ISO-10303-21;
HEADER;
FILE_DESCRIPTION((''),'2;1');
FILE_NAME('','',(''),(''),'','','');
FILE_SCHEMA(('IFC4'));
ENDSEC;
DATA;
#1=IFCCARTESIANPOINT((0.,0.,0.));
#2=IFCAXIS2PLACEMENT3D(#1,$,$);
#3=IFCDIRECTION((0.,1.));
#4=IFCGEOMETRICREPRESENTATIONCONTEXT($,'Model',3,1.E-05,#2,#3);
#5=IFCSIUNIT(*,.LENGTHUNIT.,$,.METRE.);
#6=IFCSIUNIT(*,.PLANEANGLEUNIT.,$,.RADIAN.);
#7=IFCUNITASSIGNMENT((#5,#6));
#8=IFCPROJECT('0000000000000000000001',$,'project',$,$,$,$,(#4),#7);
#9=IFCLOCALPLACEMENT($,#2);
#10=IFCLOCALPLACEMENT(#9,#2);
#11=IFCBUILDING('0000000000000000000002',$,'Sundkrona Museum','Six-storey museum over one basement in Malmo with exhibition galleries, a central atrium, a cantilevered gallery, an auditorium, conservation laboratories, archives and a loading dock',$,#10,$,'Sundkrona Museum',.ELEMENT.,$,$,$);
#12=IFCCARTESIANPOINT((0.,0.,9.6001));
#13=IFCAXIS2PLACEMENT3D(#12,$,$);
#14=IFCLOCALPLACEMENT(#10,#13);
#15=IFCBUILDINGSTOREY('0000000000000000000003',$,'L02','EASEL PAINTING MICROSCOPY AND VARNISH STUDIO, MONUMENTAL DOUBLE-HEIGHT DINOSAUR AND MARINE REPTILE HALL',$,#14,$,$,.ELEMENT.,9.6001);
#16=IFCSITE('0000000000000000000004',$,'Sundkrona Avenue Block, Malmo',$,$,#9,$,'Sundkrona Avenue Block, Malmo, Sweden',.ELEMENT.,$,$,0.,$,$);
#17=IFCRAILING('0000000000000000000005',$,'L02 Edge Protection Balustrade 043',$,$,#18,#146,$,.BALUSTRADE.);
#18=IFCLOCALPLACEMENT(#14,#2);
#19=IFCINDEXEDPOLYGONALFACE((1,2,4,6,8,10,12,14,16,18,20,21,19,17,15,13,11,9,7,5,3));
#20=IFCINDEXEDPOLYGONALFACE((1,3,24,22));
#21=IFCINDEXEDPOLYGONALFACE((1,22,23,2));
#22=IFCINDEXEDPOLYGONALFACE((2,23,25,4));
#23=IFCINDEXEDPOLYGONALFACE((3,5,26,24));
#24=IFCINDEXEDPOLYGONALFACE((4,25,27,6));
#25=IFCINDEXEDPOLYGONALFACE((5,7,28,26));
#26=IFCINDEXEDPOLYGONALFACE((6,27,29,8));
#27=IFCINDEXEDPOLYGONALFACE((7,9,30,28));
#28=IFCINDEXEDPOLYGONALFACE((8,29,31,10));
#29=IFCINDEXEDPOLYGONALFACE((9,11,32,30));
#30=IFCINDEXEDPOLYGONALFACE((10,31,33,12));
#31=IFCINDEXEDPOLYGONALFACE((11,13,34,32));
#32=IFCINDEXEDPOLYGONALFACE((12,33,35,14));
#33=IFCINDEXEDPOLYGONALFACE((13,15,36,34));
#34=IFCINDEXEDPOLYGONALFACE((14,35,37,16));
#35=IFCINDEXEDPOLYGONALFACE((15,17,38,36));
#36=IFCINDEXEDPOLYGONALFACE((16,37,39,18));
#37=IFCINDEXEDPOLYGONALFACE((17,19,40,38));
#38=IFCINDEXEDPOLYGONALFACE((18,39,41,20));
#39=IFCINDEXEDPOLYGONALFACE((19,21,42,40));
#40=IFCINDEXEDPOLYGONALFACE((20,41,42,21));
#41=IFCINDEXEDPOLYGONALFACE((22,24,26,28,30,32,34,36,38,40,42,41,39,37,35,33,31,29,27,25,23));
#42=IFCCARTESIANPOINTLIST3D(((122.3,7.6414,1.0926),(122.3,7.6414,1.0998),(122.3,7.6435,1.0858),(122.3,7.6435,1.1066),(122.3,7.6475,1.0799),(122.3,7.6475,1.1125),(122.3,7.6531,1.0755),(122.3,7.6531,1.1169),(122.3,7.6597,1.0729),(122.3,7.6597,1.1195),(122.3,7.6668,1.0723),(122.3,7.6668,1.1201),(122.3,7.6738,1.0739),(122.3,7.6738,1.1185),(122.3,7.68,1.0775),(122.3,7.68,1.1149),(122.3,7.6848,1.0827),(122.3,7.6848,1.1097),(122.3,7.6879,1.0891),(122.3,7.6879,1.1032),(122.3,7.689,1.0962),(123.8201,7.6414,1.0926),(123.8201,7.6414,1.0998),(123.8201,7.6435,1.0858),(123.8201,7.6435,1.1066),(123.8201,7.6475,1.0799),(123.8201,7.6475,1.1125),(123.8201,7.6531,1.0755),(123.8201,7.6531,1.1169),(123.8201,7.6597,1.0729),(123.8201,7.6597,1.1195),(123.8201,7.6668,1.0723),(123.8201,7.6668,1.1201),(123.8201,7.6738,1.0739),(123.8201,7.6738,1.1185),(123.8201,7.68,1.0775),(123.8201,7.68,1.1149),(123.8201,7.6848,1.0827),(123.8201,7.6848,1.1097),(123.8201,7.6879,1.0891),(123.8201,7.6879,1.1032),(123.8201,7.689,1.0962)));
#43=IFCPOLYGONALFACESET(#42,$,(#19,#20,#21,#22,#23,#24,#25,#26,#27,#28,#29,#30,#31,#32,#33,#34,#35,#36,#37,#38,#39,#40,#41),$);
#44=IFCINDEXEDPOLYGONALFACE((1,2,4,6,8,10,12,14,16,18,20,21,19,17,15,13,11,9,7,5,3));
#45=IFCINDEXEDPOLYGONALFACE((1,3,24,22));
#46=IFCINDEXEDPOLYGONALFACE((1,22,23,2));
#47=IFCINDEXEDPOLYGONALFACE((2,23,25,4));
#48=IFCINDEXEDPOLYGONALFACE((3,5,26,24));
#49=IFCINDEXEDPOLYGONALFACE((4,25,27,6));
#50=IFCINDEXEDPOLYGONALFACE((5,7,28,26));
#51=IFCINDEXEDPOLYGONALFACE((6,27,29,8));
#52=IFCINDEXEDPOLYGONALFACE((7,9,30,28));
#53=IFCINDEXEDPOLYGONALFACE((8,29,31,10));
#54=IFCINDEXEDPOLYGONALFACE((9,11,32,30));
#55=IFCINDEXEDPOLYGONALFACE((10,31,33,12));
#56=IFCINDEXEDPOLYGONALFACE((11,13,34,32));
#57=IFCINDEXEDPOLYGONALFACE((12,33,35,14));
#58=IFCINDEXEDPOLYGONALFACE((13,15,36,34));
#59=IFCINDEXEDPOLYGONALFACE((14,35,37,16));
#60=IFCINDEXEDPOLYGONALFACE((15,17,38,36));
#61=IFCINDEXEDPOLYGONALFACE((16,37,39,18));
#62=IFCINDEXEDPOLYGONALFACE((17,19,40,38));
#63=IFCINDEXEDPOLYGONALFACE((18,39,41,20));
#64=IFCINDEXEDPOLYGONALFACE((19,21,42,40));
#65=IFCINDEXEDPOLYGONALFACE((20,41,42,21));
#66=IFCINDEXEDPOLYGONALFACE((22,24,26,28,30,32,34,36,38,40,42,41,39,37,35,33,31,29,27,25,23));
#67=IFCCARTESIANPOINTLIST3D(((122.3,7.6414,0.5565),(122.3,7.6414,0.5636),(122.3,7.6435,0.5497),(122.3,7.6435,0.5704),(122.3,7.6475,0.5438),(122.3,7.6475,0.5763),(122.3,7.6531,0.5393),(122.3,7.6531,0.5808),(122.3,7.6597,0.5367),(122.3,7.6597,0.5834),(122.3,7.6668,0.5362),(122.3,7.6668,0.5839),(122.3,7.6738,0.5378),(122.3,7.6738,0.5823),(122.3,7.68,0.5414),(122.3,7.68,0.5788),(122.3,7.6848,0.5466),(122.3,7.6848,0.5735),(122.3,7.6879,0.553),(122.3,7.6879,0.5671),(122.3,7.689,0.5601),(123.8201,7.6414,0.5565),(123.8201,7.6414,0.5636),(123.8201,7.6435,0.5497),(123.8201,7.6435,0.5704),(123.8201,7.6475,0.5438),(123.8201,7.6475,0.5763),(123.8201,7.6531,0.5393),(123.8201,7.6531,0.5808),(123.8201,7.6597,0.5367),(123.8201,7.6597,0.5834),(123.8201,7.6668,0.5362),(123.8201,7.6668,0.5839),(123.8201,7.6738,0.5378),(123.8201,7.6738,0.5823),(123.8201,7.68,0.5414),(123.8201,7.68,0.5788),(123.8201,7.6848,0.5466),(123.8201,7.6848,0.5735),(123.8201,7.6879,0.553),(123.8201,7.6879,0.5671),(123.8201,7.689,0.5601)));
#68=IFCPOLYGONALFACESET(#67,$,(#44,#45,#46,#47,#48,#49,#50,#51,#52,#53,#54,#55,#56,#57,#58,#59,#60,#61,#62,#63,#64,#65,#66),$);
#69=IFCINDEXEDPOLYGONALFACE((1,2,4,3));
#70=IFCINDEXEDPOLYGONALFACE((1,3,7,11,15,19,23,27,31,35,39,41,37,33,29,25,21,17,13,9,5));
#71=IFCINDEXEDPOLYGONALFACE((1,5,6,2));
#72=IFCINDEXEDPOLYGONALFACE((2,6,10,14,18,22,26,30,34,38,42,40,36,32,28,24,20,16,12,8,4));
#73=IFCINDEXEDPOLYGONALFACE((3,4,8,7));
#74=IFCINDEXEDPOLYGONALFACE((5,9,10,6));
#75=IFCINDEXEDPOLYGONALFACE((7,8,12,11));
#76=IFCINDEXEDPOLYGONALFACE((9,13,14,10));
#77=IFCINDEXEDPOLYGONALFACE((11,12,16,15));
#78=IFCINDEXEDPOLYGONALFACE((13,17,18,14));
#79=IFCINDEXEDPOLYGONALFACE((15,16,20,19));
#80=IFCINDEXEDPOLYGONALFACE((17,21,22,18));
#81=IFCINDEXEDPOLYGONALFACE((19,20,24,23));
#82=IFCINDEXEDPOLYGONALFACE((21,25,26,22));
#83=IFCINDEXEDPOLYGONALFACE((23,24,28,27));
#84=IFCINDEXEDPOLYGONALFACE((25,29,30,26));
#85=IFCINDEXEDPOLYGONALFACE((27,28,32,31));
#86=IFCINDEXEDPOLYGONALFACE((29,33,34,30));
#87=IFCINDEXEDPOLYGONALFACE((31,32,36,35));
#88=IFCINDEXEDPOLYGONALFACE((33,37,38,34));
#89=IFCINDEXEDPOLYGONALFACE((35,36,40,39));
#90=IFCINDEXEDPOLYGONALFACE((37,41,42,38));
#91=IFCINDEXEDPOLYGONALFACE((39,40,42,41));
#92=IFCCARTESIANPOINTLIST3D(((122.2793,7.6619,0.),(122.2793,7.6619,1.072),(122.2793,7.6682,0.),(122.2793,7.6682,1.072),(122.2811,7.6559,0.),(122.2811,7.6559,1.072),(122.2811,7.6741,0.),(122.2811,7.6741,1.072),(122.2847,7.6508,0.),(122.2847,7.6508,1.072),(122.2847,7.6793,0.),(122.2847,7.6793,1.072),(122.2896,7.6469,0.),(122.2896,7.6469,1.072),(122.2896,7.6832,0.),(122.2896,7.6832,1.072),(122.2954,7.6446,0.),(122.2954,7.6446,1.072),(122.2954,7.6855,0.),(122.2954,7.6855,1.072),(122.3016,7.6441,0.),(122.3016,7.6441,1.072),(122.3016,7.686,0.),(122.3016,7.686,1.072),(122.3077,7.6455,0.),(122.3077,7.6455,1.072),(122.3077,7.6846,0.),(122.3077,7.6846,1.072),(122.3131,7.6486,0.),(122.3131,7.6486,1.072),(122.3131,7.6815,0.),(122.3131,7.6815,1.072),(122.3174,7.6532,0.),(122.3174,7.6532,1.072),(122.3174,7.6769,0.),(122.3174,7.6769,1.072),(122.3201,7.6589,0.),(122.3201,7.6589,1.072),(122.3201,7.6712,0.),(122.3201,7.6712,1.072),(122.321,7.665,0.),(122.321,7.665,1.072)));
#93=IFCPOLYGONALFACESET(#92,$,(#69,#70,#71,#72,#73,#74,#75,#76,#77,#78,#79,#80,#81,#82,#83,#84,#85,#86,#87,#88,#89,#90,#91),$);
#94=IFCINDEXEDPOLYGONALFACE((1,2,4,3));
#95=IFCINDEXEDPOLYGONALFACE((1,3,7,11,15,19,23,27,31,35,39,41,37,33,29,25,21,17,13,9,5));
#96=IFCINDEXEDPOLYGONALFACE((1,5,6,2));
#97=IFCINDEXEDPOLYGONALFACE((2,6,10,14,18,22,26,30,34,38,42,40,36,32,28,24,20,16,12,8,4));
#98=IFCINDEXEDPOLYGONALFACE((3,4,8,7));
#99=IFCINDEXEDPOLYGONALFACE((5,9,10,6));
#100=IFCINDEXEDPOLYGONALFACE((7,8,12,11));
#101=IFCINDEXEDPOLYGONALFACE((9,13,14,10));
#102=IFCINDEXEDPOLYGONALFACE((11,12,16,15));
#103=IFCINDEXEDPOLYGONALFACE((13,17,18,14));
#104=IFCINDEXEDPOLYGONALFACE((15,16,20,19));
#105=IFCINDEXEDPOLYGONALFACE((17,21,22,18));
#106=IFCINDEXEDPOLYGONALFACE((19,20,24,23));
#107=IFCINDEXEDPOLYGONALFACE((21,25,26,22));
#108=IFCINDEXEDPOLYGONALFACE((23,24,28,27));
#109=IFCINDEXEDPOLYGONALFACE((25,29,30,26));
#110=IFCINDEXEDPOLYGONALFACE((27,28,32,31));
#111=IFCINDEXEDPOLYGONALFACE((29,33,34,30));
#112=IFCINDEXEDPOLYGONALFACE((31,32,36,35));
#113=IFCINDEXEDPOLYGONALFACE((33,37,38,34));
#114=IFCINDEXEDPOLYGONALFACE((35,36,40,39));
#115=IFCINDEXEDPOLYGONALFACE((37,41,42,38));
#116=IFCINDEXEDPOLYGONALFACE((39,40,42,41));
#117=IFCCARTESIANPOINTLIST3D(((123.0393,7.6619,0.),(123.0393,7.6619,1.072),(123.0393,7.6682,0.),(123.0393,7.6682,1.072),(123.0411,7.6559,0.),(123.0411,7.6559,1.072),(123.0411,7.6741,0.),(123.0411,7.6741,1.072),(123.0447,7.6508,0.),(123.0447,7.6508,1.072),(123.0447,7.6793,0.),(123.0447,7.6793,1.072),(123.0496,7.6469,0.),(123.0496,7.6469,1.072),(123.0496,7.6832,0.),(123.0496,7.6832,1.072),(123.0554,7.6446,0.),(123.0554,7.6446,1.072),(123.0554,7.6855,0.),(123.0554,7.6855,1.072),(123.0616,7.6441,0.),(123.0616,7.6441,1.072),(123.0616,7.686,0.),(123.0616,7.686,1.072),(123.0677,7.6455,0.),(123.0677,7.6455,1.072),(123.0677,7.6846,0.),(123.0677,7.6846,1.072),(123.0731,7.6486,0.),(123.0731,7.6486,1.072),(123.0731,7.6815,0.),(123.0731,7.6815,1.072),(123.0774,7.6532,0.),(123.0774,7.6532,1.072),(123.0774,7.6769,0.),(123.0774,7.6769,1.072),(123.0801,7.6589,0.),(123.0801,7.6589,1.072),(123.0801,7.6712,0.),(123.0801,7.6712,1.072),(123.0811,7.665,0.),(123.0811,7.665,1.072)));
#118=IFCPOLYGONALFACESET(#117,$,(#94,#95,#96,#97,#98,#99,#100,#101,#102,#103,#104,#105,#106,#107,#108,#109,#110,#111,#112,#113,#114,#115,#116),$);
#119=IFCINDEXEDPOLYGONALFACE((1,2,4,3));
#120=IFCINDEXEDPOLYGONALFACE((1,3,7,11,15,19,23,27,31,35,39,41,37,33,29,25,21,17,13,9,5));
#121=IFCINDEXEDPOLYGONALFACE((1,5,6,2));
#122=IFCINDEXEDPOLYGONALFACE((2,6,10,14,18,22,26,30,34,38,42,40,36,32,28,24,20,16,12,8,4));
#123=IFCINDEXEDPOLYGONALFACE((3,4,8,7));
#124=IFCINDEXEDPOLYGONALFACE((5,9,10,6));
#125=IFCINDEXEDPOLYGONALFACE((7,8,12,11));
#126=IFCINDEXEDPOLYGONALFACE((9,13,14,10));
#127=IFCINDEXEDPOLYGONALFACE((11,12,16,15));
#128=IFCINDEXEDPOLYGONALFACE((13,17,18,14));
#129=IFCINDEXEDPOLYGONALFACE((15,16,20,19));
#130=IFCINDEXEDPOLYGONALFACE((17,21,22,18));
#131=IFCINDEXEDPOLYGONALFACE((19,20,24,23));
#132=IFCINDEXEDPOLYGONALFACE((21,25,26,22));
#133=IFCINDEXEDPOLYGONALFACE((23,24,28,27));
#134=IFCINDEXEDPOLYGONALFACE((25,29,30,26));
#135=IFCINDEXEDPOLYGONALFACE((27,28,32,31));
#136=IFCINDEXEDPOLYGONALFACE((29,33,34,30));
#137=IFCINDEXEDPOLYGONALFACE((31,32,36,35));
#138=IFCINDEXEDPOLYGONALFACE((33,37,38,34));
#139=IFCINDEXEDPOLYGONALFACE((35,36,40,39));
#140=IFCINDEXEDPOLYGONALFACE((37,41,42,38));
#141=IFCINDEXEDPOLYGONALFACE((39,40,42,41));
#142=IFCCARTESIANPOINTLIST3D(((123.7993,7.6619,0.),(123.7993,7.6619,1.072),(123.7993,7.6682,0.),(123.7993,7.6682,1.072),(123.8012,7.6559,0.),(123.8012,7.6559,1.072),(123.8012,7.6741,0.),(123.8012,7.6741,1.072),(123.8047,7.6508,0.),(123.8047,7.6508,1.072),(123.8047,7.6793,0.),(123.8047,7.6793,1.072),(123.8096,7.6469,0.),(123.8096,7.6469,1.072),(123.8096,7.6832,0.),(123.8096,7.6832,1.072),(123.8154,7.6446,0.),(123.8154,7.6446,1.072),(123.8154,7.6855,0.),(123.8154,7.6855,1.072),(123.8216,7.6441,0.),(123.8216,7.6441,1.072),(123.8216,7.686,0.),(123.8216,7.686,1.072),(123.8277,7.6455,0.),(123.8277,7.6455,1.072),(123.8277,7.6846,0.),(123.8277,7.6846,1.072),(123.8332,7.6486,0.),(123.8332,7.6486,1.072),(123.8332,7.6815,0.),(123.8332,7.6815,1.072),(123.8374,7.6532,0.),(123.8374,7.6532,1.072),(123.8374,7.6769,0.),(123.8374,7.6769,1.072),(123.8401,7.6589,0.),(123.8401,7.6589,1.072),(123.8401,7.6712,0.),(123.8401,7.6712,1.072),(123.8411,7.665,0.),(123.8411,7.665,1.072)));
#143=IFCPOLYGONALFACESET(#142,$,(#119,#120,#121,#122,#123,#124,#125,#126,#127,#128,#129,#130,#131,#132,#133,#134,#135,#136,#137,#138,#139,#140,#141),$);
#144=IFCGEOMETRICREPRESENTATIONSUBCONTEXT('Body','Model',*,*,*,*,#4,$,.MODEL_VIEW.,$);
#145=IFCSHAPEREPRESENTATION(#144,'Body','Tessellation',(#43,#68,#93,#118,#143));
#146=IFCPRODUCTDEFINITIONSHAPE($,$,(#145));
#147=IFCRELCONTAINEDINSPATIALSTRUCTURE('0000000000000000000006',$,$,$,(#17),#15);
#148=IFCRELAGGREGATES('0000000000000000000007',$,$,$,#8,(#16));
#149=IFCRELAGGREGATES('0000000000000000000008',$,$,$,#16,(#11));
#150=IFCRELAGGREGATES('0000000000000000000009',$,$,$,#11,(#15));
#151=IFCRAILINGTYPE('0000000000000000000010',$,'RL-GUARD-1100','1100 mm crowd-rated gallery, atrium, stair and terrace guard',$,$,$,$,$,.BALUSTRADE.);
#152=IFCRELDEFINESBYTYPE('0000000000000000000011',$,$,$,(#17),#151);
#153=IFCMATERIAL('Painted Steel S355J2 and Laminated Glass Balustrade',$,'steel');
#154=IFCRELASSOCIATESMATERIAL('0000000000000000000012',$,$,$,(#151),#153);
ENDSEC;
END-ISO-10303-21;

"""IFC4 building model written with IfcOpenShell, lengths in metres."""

from ifc_helpers import new_model, si_unit, direction, frame, origin, origin_2d, place, context, subcontext, project, spatial, circle, extrude, material, type_object, element, save


model = new_model("IFC4")

# Units and contexts
model_context = context("Model", 3, precision=1e-05, world=origin(), true_north=direction((0.0, 1.0)))
body_context = subcontext(model_context, "Body", "Model", "MODEL_VIEW")
ifc_project = project(units=[si_unit("LENGTHUNIT", "METRE"), si_unit("PLANEANGLEUNIT", "RADIAN")], contexts=[model_context])

# Site, building, storey
site_placement = place(None, origin())
site = spatial("IfcSite", under=ifc_project, at=site_placement, Name="Sundkrona Avenue Block, Malmo", LongName="Sundkrona Avenue Block, Malmo, Sweden", CompositionType="ELEMENT", RefElevation=0.0)
building_placement = place(site_placement, origin())
building = spatial("IfcBuilding", under=site, at=building_placement, Name="Sundkrona Museum", Description="Six-storey museum over one basement in Malmo with exhibition galleries, a central atrium, a cantilevered gallery, an auditorium, conservation laboratories, archives and a loading dock", LongName="Sundkrona Museum", CompositionType="ELEMENT")
storey_placement = place(building_placement, frame((0.0, 0.0, 9.6001)))
storey = spatial("IfcBuildingStorey", under=building, at=storey_placement, Name="L02", Description="EASEL PAINTING MICROSCOPY AND VARNISH STUDIO, MONUMENTAL DOUBLE-HEIGHT DINOSAUR AND MARINE REPTILE HALL", CompositionType="ELEMENT", Elevation=9.6001)

# Railing
ifc_material_1 = material(Name="Painted Steel S355J2 and Laminated Glass Balustrade", Category="steel")
railing_type_1 = type_object("IfcRailingType", Name="RL-GUARD-1100", Description="1100 mm crowd-rated gallery, atrium, stair and terrace guard", PredefinedType="BALUSTRADE", material=ifc_material_1)
for number, where, name in (
    (1, (122.3, 7.665, 0.0), "L02 Edge Protection Balustrade 043"),
):
    element("IfcRailing", number, at=place(storey_placement, frame(where)), inside=storey, type_object=railing_type_1, Name=name, PredefinedType="BALUSTRADE", context=body_context, shape_type="SweptSolid", body=[
        extrude(circle(Radius=0.0239, at=origin_2d()), frame((0.0, 0.0, 1.0962), z_axis=(1.0, 0.0, 0.0), x_axis=(0.0, 1.0, 0.0)), (0.0, 0.0, 1.0), 1.52),
        extrude(circle(Radius=0.0239, at=origin_2d()), frame((0.0, 0.0, 0.5601), z_axis=(1.0, 0.0, 0.0), x_axis=(0.0, 1.0, 0.0)), (0.0, 0.0, 1.0), 1.52),
        extrude(circle(Radius=0.021, at=origin_2d()), origin(), (0.0, 0.0, 1.0), 1.072),
        extrude(circle(Radius=0.021, at=origin_2d()), frame((0.76, 0.0, 0.0)), (0.0, 0.0, 1.0), 1.072),
        extrude(circle(Radius=0.021, at=origin_2d()), frame((1.52, 0.0, 0.0)), (0.0, 0.0, 1.0), 1.072),
    ])

save(model, "model.ifc")
